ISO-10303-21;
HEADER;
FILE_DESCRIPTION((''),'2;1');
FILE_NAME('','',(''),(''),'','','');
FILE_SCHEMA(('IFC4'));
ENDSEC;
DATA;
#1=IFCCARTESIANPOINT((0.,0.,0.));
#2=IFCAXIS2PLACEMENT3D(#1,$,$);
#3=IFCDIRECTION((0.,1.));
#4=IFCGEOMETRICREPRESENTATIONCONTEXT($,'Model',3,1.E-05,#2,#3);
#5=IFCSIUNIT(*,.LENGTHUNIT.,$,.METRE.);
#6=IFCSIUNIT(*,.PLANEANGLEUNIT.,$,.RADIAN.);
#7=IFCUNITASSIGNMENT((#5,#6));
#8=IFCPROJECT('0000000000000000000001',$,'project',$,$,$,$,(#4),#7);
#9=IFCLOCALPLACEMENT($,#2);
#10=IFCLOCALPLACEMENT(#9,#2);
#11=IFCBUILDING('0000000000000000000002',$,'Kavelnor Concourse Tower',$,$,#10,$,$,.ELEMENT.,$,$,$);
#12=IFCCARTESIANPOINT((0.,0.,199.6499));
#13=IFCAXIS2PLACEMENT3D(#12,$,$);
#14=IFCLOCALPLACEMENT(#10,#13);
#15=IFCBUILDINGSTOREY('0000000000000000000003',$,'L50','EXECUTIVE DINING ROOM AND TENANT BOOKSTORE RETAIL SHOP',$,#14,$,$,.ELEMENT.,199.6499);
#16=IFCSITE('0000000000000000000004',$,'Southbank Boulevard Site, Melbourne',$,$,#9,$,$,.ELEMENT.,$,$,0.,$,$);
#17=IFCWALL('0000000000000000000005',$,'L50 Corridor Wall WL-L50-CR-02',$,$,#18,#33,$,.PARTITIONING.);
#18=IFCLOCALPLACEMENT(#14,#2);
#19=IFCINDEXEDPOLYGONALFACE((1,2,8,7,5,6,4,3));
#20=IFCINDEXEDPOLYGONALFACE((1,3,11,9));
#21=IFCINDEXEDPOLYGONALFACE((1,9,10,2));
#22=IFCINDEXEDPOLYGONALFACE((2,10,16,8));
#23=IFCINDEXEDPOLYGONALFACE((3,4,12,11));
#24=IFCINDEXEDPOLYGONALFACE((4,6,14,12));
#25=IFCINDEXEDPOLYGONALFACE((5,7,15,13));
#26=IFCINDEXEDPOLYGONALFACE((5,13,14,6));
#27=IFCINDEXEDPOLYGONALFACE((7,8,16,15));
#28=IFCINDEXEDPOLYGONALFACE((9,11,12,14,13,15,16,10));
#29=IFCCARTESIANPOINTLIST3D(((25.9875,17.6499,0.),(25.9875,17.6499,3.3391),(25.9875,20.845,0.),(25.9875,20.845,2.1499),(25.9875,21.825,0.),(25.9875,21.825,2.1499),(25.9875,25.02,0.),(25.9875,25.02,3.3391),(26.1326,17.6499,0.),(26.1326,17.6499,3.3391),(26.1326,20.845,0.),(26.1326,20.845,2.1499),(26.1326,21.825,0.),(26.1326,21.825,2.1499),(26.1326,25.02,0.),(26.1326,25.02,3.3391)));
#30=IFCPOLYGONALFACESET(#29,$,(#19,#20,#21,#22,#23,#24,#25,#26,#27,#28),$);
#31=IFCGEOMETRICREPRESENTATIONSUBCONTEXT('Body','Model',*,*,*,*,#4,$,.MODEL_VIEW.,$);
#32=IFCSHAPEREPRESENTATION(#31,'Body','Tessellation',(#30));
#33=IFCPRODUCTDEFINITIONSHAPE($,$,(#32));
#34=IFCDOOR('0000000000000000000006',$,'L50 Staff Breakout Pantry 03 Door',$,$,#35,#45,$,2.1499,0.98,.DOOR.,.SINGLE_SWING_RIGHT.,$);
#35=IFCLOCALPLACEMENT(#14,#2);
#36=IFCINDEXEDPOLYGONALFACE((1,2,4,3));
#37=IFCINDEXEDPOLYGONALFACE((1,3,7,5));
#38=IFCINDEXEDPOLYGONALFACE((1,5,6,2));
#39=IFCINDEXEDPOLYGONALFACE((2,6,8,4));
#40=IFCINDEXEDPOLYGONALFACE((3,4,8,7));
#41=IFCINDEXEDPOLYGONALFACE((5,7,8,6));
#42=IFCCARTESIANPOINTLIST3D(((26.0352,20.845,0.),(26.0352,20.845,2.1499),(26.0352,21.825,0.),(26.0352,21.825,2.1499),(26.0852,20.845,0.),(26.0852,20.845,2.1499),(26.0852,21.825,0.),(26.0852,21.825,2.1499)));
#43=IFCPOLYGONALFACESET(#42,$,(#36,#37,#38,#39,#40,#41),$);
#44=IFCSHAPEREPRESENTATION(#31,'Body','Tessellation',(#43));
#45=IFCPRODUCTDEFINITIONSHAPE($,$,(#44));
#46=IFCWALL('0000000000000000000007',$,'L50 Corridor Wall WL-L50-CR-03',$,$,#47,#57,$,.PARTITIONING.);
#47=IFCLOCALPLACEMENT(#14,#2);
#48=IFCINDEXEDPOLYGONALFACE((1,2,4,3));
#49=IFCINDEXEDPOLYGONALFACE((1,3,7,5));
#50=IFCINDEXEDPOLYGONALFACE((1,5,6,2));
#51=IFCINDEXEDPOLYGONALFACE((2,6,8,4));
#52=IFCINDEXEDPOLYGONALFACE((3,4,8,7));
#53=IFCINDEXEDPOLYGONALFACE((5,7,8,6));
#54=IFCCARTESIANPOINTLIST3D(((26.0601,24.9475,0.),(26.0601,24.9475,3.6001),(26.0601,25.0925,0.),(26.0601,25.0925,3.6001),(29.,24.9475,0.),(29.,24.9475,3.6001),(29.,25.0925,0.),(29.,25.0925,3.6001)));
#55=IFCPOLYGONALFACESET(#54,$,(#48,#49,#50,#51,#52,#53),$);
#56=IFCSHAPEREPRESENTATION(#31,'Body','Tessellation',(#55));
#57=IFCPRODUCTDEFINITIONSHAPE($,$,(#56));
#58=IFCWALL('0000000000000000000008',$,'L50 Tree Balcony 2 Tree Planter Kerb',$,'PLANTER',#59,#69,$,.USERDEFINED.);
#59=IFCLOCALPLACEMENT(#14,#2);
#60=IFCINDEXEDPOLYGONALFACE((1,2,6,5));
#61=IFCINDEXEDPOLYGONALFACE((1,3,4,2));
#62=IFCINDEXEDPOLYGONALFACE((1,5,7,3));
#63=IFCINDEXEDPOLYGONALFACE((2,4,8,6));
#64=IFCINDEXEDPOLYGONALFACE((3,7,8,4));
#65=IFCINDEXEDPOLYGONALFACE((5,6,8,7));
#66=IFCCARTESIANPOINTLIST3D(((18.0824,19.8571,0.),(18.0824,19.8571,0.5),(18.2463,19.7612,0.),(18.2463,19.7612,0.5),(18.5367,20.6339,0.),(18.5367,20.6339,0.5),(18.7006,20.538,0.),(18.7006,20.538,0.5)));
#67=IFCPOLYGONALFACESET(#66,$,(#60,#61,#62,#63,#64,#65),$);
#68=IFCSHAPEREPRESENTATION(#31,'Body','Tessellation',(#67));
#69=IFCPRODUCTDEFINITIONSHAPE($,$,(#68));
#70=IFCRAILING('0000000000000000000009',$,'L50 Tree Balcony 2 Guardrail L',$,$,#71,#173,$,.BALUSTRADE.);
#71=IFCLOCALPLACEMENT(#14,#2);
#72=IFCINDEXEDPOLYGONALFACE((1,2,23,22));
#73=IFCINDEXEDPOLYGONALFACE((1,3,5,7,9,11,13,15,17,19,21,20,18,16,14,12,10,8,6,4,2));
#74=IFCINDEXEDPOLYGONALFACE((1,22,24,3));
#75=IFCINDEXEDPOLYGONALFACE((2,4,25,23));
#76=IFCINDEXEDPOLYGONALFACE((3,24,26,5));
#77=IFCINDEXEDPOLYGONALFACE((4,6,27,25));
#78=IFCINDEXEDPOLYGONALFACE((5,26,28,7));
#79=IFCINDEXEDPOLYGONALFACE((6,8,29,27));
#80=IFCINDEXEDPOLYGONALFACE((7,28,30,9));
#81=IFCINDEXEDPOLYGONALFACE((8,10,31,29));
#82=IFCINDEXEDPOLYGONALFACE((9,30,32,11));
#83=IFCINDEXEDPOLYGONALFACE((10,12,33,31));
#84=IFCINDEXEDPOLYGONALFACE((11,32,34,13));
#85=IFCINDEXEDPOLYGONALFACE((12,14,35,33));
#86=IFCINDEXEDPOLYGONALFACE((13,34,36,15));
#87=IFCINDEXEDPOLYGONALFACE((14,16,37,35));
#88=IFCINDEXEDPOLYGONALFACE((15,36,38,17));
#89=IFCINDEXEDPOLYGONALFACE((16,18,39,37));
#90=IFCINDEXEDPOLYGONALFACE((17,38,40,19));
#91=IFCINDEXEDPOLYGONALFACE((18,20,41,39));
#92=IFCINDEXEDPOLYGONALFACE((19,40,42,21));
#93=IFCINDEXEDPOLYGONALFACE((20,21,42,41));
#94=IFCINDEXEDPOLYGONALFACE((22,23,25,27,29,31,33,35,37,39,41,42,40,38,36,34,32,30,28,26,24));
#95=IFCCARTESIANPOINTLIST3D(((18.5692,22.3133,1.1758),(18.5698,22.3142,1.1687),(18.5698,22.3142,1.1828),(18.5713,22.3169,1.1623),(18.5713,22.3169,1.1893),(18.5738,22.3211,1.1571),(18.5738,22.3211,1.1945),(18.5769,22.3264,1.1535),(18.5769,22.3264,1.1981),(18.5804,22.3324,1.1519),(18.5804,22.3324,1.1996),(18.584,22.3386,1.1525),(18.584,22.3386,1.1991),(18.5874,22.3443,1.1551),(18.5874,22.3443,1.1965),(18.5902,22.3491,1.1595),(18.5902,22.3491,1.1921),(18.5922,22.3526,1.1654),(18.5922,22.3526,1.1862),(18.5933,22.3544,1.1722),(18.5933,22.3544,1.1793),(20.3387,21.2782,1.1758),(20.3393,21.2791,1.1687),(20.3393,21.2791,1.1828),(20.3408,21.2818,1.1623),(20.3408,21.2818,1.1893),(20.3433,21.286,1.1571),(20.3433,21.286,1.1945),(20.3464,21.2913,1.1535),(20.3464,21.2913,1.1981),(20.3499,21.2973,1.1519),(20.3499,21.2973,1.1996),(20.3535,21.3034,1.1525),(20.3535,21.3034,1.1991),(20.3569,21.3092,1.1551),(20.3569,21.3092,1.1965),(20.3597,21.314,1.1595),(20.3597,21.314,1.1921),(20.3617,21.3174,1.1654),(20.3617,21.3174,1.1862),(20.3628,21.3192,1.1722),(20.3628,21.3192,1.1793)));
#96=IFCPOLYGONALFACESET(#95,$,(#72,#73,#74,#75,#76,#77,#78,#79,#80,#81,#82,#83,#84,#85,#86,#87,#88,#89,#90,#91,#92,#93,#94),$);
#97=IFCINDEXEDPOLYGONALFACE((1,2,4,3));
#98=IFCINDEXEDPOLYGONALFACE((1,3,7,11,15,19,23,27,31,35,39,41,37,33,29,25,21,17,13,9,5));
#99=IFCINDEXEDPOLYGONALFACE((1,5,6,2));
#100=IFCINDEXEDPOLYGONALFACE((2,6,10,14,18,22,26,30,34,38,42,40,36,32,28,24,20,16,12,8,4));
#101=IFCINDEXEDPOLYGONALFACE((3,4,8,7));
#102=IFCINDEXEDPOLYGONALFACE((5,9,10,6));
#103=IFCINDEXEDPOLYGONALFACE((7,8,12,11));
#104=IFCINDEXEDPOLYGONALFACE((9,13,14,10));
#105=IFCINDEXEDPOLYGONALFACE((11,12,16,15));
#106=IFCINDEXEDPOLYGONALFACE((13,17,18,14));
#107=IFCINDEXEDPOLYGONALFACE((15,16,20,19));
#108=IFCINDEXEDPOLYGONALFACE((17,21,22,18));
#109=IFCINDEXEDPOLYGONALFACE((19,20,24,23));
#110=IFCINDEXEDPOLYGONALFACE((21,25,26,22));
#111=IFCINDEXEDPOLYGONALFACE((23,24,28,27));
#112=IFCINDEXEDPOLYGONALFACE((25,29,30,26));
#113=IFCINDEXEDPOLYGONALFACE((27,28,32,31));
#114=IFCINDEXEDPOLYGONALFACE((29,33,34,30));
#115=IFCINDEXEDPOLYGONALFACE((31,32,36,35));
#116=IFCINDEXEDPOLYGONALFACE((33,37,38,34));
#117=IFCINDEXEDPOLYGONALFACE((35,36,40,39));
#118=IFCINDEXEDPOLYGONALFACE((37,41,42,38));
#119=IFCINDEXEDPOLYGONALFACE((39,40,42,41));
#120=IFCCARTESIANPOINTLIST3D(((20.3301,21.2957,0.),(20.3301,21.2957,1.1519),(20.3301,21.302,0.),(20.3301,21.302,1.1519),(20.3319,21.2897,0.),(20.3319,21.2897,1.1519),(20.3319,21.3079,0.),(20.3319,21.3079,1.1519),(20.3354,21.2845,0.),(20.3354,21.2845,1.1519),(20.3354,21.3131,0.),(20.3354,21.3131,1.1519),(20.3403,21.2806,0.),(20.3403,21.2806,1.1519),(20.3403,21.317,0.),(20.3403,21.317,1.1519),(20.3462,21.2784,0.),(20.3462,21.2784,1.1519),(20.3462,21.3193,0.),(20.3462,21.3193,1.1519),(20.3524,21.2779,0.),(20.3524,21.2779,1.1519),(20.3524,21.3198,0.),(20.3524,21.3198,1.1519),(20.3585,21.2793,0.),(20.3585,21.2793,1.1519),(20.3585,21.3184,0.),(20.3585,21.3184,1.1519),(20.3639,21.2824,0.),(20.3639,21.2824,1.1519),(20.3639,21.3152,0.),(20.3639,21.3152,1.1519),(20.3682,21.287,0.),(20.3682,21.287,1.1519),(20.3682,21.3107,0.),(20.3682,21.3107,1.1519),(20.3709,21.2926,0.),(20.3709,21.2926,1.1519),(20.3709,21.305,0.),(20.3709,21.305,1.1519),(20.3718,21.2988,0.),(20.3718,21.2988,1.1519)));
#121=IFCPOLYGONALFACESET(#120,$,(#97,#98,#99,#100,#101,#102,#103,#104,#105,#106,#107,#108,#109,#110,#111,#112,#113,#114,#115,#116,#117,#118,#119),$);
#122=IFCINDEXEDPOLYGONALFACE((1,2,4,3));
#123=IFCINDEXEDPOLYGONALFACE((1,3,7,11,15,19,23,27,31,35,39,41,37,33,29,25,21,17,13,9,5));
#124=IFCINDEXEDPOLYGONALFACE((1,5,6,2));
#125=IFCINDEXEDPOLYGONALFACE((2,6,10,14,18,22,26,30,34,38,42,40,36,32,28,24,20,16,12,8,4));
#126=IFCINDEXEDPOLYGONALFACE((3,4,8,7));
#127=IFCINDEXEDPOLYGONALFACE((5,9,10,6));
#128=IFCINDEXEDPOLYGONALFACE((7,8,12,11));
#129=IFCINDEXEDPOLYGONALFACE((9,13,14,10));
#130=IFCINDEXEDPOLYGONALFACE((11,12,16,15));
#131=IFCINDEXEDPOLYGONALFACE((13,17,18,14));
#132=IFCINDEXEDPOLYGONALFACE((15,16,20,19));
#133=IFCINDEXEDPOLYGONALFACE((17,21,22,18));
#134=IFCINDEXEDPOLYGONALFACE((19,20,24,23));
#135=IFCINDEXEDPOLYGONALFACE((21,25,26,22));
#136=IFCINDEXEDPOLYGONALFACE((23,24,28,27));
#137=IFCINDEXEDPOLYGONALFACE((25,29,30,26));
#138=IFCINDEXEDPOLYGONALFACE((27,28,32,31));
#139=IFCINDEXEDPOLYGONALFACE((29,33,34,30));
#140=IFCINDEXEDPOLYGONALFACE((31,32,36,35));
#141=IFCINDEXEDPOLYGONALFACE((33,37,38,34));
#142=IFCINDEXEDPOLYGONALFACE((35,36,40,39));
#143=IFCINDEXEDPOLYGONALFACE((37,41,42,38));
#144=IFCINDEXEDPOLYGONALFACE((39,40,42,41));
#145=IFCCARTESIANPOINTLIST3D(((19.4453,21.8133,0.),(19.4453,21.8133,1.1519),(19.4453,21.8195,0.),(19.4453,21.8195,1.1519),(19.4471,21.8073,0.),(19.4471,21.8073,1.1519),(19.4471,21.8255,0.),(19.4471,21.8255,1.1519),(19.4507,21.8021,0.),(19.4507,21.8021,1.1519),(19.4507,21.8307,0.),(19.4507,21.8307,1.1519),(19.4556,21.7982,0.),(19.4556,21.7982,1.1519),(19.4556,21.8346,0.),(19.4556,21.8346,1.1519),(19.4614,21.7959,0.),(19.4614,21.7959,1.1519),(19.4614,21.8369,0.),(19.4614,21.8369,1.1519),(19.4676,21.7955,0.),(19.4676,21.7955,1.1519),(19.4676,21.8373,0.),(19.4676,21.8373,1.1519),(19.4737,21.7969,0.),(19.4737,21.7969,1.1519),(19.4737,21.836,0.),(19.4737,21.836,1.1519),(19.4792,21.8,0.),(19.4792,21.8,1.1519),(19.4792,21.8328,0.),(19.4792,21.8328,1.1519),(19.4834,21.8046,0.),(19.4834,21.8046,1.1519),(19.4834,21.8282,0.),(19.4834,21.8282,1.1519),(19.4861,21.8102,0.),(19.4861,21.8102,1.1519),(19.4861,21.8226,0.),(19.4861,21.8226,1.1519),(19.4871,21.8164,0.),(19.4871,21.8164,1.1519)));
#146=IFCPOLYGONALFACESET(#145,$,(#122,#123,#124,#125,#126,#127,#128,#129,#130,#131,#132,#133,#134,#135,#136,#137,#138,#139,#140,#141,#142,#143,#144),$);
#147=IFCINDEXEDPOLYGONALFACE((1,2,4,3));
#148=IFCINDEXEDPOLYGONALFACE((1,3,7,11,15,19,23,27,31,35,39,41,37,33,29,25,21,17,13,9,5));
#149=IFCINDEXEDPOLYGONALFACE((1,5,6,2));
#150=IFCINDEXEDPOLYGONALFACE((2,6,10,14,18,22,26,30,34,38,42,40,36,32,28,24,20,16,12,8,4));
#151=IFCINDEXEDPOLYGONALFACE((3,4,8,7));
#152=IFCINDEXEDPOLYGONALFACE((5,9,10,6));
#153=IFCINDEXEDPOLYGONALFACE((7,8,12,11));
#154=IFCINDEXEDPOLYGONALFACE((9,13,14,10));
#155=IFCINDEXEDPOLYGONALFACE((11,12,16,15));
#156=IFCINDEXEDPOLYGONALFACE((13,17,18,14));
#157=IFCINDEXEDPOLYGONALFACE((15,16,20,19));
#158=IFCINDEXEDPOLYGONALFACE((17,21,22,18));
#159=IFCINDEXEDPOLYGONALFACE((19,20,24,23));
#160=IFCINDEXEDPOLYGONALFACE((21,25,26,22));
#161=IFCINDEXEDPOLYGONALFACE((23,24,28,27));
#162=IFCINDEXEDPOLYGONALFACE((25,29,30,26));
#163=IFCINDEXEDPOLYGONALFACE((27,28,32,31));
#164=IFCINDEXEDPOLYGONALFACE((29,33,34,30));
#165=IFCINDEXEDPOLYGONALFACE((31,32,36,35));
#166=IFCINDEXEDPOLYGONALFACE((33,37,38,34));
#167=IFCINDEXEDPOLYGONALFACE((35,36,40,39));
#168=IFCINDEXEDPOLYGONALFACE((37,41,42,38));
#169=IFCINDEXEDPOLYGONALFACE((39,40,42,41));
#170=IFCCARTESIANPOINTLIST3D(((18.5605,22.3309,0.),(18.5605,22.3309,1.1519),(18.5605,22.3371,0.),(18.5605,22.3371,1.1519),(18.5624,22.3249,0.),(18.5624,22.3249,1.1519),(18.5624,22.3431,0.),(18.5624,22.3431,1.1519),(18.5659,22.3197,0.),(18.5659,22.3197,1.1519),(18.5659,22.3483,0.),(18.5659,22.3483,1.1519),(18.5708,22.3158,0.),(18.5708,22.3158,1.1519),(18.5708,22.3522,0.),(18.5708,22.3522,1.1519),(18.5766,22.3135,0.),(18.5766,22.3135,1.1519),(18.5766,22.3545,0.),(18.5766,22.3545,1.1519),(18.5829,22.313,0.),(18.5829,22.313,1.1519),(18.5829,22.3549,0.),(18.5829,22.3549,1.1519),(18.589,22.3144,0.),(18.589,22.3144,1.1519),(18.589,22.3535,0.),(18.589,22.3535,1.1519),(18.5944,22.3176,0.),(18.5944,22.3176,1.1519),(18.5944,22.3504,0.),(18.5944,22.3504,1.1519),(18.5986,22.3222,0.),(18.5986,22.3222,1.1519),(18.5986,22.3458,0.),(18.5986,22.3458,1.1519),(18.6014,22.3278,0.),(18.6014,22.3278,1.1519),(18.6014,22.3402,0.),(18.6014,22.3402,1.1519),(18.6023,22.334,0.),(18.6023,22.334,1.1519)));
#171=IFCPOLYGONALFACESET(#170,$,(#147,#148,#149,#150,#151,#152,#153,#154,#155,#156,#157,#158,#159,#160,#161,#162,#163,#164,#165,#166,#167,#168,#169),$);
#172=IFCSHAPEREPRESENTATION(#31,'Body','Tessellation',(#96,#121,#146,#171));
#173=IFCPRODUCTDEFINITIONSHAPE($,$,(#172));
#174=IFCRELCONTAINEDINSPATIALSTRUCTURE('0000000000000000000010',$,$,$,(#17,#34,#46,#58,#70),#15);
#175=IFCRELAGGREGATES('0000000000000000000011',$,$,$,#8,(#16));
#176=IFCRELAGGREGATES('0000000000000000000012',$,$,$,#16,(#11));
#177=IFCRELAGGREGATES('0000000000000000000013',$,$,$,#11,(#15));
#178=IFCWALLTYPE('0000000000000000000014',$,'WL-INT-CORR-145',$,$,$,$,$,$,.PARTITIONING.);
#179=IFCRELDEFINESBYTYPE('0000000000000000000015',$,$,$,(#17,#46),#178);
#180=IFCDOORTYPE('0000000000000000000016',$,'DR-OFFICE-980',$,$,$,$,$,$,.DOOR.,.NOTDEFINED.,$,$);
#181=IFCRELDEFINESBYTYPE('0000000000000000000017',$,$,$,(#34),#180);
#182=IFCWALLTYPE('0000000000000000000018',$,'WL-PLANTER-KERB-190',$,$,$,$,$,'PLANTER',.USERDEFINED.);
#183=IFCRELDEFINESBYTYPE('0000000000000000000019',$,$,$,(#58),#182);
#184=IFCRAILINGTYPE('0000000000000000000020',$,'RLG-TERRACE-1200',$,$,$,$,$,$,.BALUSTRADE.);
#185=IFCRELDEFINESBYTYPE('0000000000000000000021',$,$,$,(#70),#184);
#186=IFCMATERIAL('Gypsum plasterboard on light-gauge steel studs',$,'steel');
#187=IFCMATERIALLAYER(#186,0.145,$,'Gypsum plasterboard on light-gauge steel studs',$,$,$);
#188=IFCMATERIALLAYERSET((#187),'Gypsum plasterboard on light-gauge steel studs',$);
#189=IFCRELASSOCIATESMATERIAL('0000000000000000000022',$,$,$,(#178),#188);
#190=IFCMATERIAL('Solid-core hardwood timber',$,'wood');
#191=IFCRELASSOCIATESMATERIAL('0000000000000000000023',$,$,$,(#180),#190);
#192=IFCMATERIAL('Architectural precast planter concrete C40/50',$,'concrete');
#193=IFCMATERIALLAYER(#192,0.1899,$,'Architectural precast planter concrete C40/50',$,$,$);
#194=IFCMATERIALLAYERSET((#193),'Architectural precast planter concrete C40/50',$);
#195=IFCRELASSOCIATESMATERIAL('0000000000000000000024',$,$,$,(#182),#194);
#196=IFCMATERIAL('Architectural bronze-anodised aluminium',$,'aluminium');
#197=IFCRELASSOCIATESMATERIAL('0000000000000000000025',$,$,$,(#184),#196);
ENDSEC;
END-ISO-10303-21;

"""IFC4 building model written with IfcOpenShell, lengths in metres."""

from ifc_helpers import new_model, si_unit, direction, frame, frame_2d, origin, origin_2d, place, context, subcontext, project, spatial, rectangle, circle, extrude, material, layer, layer_set, type_object, element, fill, save


model = new_model("IFC4")

# Units and contexts
model_context = context("Model", 3, precision=1e-05, world=origin(), true_north=direction((0.0, 1.0)))
body_context = subcontext(model_context, "Body", "Model", "MODEL_VIEW")
ifc_project = project(units=[si_unit("LENGTHUNIT", "METRE"), si_unit("PLANEANGLEUNIT", "RADIAN")], contexts=[model_context])

# Site, building, storey
site_placement = place(None, origin())
site = spatial("IfcSite", under=ifc_project, at=site_placement, Name="Southbank Boulevard Site, Melbourne", CompositionType="ELEMENT", RefElevation=0.0)
building_placement = place(site_placement, origin())
building = spatial("IfcBuilding", under=site, at=building_placement, Name="Kavelnor Concourse Tower", CompositionType="ELEMENT")
storey_placement = place(building_placement, frame((0.0, 0.0, 199.6499)))
storey = spatial("IfcBuildingStorey", under=building, at=storey_placement, Name="L50", Description="EXECUTIVE DINING ROOM AND TENANT BOOKSTORE RETAIL SHOP", CompositionType="ELEMENT", Elevation=199.6499)

# Wall, opening, door
ifc_material_1 = material(Name="Gypsum plasterboard on light-gauge steel studs", Category="steel")
ifc_layer_1 = layer(ifc_material_1, 0.145, Name="Gypsum plasterboard on light-gauge steel studs")
ifc_layer_set_1 = layer_set([ifc_layer_1], Name="Gypsum plasterboard on light-gauge steel studs")
wall_type_1 = type_object("IfcWallType", Name="WL-INT-CORR-145", PredefinedType="PARTITIONING", material=ifc_layer_set_1)
wall_1_placement = place(storey_placement, frame((26.0601, 17.6499, 0.0), z_axis=(0.0, 0.0, 1.0), x_axis=(0.0, 1.0, 0.0)))
wall_1 = element("IfcWall", 1, at=wall_1_placement, inside=storey, type_object=wall_type_1, Name="L50 Corridor Wall WL-L50-CR-02", PredefinedType="PARTITIONING", context=body_context, shape_type="SweptSolid", body=[
    extrude(rectangle(XDim=7.3701, YDim=0.145, at=frame_2d((3.6851, 0.0))), origin(), (0.0, 0.0, 1.0), 3.3391),
])
opening_placement = place(wall_1_placement, frame((3.1951, 0.0, 0.0)))
opening = element("IfcOpeningElement", 2, at=opening_placement, cuts=wall_1, PredefinedType="OPENING", context=body_context, shape_type="SweptSolid", body=[
    extrude(rectangle(XDim=0.98, YDim=2.1499, at=frame_2d((0.49, 1.075))), frame((0.0, 0.0825, 0.0), z_axis=(0.0, -1.0, 0.0), x_axis=(1.0, 0.0, 0.0)), (0.0, 0.0, 1.0), 0.165),
])
ifc_material_2 = material(Name="Solid-core hardwood timber", Category="wood")
door_type = type_object("IfcDoorType", Name="DR-OFFICE-980", OperationType="NOTDEFINED", PredefinedType="DOOR", material=ifc_material_2)
door_placement = place(opening_placement, origin())
door = element("IfcDoor", 3, at=door_placement, inside=storey, type_object=door_type, Name="L50 Staff Breakout Pantry 03 Door", OperationType="SINGLE_SWING_RIGHT", OverallHeight=2.1499, OverallWidth=0.98, PredefinedType="DOOR", context=body_context, shape_type="SweptSolid", body=[
    extrude(rectangle(XDim=0.98, YDim=2.1499, at=frame_2d((0.49, 1.075))), frame((0.0, 0.0249, 0.0), z_axis=(0.0, -1.0, 0.0), x_axis=(1.0, 0.0, 0.0)), (0.0, 0.0, 1.0), 0.05),
])
fill(opening, door)

# Walls
wall_2_placement = place(storey_placement, frame((26.0601, 25.02, 0.0), z_axis=(0.0, 0.0, 1.0), x_axis=(1.0, 0.0, 0.0)))
element("IfcWall", 4, at=wall_2_placement, inside=storey, type_object=wall_type_1, Name="L50 Corridor Wall WL-L50-CR-03", PredefinedType="PARTITIONING", context=body_context, shape_type="SweptSolid", body=[
    extrude(rectangle(XDim=2.9399, YDim=0.145, at=frame_2d((1.47, 0.0))), origin(), (0.0, 0.0, 1.0), 3.6001),
])
ifc_material_3 = material(Name="Architectural precast planter concrete C40/50", Category="concrete")
ifc_layer_2 = layer(ifc_material_3, 0.1899, Name="Architectural precast planter concrete C40/50")
ifc_layer_set_2 = layer_set([ifc_layer_2], Name="Architectural precast planter concrete C40/50")
wall_type_2 = type_object("IfcWallType", Name="WL-PLANTER-KERB-190", ElementType="PLANTER", PredefinedType="USERDEFINED", material=ifc_layer_set_2)
wall_3_placement = place(storey_placement, frame((18.6187, 20.5859, 0.0), z_axis=(0.0, 0.0, 1.0), x_axis=(-0.504849, -0.863208, 0.0)))
element("IfcWall", 5, at=wall_3_placement, inside=storey, type_object=wall_type_2, Name="L50 Tree Balcony 2 Tree Planter Kerb", ObjectType="PLANTER", PredefinedType="USERDEFINED", context=body_context, shape_type="SweptSolid", body=[
    extrude(rectangle(XDim=0.8999, YDim=0.1899, at=frame_2d((0.45, 0.0))), origin(), (0.0, 0.0, 1.0), 0.5),
])

# Railing
ifc_material_4 = material(Name="Architectural bronze-anodised aluminium", Category="aluminium")
railing_type = type_object("IfcRailingType", Name="RLG-TERRACE-1200", PredefinedType="BALUSTRADE", material=ifc_material_4)
railing_1_placement = place(storey_placement, frame((20.3508, 21.2988, 0.0)))
element("IfcRailing", 6, at=railing_1_placement, inside=storey, type_object=railing_type, Name="L50 Tree Balcony 2 Guardrail L", PredefinedType="BALUSTRADE", context=body_context, shape_type="SweptSolid", body=[
    extrude(circle(Radius=0.0239, at=origin_2d()), frame((0.0, 0.0, 1.1758), z_axis=(-0.863156, 0.504937, 0.0), x_axis=(-0.504937, -0.863156, 0.0)), (0.0, 0.0, 1.0), 2.05),
    extrude(circle(Radius=0.021, at=origin_2d()), origin(), (0.0, 0.0, 1.0), 1.1519),
    extrude(circle(Radius=0.021, at=origin_2d()), frame((-0.8848, 0.5176, 0.0)), (0.0, 0.0, 1.0), 1.1519),
    extrude(circle(Radius=0.021, at=origin_2d()), frame((-1.7695, 1.0352, 0.0)), (0.0, 0.0, 1.0), 1.1519),
])

save(model, "model.ifc")
